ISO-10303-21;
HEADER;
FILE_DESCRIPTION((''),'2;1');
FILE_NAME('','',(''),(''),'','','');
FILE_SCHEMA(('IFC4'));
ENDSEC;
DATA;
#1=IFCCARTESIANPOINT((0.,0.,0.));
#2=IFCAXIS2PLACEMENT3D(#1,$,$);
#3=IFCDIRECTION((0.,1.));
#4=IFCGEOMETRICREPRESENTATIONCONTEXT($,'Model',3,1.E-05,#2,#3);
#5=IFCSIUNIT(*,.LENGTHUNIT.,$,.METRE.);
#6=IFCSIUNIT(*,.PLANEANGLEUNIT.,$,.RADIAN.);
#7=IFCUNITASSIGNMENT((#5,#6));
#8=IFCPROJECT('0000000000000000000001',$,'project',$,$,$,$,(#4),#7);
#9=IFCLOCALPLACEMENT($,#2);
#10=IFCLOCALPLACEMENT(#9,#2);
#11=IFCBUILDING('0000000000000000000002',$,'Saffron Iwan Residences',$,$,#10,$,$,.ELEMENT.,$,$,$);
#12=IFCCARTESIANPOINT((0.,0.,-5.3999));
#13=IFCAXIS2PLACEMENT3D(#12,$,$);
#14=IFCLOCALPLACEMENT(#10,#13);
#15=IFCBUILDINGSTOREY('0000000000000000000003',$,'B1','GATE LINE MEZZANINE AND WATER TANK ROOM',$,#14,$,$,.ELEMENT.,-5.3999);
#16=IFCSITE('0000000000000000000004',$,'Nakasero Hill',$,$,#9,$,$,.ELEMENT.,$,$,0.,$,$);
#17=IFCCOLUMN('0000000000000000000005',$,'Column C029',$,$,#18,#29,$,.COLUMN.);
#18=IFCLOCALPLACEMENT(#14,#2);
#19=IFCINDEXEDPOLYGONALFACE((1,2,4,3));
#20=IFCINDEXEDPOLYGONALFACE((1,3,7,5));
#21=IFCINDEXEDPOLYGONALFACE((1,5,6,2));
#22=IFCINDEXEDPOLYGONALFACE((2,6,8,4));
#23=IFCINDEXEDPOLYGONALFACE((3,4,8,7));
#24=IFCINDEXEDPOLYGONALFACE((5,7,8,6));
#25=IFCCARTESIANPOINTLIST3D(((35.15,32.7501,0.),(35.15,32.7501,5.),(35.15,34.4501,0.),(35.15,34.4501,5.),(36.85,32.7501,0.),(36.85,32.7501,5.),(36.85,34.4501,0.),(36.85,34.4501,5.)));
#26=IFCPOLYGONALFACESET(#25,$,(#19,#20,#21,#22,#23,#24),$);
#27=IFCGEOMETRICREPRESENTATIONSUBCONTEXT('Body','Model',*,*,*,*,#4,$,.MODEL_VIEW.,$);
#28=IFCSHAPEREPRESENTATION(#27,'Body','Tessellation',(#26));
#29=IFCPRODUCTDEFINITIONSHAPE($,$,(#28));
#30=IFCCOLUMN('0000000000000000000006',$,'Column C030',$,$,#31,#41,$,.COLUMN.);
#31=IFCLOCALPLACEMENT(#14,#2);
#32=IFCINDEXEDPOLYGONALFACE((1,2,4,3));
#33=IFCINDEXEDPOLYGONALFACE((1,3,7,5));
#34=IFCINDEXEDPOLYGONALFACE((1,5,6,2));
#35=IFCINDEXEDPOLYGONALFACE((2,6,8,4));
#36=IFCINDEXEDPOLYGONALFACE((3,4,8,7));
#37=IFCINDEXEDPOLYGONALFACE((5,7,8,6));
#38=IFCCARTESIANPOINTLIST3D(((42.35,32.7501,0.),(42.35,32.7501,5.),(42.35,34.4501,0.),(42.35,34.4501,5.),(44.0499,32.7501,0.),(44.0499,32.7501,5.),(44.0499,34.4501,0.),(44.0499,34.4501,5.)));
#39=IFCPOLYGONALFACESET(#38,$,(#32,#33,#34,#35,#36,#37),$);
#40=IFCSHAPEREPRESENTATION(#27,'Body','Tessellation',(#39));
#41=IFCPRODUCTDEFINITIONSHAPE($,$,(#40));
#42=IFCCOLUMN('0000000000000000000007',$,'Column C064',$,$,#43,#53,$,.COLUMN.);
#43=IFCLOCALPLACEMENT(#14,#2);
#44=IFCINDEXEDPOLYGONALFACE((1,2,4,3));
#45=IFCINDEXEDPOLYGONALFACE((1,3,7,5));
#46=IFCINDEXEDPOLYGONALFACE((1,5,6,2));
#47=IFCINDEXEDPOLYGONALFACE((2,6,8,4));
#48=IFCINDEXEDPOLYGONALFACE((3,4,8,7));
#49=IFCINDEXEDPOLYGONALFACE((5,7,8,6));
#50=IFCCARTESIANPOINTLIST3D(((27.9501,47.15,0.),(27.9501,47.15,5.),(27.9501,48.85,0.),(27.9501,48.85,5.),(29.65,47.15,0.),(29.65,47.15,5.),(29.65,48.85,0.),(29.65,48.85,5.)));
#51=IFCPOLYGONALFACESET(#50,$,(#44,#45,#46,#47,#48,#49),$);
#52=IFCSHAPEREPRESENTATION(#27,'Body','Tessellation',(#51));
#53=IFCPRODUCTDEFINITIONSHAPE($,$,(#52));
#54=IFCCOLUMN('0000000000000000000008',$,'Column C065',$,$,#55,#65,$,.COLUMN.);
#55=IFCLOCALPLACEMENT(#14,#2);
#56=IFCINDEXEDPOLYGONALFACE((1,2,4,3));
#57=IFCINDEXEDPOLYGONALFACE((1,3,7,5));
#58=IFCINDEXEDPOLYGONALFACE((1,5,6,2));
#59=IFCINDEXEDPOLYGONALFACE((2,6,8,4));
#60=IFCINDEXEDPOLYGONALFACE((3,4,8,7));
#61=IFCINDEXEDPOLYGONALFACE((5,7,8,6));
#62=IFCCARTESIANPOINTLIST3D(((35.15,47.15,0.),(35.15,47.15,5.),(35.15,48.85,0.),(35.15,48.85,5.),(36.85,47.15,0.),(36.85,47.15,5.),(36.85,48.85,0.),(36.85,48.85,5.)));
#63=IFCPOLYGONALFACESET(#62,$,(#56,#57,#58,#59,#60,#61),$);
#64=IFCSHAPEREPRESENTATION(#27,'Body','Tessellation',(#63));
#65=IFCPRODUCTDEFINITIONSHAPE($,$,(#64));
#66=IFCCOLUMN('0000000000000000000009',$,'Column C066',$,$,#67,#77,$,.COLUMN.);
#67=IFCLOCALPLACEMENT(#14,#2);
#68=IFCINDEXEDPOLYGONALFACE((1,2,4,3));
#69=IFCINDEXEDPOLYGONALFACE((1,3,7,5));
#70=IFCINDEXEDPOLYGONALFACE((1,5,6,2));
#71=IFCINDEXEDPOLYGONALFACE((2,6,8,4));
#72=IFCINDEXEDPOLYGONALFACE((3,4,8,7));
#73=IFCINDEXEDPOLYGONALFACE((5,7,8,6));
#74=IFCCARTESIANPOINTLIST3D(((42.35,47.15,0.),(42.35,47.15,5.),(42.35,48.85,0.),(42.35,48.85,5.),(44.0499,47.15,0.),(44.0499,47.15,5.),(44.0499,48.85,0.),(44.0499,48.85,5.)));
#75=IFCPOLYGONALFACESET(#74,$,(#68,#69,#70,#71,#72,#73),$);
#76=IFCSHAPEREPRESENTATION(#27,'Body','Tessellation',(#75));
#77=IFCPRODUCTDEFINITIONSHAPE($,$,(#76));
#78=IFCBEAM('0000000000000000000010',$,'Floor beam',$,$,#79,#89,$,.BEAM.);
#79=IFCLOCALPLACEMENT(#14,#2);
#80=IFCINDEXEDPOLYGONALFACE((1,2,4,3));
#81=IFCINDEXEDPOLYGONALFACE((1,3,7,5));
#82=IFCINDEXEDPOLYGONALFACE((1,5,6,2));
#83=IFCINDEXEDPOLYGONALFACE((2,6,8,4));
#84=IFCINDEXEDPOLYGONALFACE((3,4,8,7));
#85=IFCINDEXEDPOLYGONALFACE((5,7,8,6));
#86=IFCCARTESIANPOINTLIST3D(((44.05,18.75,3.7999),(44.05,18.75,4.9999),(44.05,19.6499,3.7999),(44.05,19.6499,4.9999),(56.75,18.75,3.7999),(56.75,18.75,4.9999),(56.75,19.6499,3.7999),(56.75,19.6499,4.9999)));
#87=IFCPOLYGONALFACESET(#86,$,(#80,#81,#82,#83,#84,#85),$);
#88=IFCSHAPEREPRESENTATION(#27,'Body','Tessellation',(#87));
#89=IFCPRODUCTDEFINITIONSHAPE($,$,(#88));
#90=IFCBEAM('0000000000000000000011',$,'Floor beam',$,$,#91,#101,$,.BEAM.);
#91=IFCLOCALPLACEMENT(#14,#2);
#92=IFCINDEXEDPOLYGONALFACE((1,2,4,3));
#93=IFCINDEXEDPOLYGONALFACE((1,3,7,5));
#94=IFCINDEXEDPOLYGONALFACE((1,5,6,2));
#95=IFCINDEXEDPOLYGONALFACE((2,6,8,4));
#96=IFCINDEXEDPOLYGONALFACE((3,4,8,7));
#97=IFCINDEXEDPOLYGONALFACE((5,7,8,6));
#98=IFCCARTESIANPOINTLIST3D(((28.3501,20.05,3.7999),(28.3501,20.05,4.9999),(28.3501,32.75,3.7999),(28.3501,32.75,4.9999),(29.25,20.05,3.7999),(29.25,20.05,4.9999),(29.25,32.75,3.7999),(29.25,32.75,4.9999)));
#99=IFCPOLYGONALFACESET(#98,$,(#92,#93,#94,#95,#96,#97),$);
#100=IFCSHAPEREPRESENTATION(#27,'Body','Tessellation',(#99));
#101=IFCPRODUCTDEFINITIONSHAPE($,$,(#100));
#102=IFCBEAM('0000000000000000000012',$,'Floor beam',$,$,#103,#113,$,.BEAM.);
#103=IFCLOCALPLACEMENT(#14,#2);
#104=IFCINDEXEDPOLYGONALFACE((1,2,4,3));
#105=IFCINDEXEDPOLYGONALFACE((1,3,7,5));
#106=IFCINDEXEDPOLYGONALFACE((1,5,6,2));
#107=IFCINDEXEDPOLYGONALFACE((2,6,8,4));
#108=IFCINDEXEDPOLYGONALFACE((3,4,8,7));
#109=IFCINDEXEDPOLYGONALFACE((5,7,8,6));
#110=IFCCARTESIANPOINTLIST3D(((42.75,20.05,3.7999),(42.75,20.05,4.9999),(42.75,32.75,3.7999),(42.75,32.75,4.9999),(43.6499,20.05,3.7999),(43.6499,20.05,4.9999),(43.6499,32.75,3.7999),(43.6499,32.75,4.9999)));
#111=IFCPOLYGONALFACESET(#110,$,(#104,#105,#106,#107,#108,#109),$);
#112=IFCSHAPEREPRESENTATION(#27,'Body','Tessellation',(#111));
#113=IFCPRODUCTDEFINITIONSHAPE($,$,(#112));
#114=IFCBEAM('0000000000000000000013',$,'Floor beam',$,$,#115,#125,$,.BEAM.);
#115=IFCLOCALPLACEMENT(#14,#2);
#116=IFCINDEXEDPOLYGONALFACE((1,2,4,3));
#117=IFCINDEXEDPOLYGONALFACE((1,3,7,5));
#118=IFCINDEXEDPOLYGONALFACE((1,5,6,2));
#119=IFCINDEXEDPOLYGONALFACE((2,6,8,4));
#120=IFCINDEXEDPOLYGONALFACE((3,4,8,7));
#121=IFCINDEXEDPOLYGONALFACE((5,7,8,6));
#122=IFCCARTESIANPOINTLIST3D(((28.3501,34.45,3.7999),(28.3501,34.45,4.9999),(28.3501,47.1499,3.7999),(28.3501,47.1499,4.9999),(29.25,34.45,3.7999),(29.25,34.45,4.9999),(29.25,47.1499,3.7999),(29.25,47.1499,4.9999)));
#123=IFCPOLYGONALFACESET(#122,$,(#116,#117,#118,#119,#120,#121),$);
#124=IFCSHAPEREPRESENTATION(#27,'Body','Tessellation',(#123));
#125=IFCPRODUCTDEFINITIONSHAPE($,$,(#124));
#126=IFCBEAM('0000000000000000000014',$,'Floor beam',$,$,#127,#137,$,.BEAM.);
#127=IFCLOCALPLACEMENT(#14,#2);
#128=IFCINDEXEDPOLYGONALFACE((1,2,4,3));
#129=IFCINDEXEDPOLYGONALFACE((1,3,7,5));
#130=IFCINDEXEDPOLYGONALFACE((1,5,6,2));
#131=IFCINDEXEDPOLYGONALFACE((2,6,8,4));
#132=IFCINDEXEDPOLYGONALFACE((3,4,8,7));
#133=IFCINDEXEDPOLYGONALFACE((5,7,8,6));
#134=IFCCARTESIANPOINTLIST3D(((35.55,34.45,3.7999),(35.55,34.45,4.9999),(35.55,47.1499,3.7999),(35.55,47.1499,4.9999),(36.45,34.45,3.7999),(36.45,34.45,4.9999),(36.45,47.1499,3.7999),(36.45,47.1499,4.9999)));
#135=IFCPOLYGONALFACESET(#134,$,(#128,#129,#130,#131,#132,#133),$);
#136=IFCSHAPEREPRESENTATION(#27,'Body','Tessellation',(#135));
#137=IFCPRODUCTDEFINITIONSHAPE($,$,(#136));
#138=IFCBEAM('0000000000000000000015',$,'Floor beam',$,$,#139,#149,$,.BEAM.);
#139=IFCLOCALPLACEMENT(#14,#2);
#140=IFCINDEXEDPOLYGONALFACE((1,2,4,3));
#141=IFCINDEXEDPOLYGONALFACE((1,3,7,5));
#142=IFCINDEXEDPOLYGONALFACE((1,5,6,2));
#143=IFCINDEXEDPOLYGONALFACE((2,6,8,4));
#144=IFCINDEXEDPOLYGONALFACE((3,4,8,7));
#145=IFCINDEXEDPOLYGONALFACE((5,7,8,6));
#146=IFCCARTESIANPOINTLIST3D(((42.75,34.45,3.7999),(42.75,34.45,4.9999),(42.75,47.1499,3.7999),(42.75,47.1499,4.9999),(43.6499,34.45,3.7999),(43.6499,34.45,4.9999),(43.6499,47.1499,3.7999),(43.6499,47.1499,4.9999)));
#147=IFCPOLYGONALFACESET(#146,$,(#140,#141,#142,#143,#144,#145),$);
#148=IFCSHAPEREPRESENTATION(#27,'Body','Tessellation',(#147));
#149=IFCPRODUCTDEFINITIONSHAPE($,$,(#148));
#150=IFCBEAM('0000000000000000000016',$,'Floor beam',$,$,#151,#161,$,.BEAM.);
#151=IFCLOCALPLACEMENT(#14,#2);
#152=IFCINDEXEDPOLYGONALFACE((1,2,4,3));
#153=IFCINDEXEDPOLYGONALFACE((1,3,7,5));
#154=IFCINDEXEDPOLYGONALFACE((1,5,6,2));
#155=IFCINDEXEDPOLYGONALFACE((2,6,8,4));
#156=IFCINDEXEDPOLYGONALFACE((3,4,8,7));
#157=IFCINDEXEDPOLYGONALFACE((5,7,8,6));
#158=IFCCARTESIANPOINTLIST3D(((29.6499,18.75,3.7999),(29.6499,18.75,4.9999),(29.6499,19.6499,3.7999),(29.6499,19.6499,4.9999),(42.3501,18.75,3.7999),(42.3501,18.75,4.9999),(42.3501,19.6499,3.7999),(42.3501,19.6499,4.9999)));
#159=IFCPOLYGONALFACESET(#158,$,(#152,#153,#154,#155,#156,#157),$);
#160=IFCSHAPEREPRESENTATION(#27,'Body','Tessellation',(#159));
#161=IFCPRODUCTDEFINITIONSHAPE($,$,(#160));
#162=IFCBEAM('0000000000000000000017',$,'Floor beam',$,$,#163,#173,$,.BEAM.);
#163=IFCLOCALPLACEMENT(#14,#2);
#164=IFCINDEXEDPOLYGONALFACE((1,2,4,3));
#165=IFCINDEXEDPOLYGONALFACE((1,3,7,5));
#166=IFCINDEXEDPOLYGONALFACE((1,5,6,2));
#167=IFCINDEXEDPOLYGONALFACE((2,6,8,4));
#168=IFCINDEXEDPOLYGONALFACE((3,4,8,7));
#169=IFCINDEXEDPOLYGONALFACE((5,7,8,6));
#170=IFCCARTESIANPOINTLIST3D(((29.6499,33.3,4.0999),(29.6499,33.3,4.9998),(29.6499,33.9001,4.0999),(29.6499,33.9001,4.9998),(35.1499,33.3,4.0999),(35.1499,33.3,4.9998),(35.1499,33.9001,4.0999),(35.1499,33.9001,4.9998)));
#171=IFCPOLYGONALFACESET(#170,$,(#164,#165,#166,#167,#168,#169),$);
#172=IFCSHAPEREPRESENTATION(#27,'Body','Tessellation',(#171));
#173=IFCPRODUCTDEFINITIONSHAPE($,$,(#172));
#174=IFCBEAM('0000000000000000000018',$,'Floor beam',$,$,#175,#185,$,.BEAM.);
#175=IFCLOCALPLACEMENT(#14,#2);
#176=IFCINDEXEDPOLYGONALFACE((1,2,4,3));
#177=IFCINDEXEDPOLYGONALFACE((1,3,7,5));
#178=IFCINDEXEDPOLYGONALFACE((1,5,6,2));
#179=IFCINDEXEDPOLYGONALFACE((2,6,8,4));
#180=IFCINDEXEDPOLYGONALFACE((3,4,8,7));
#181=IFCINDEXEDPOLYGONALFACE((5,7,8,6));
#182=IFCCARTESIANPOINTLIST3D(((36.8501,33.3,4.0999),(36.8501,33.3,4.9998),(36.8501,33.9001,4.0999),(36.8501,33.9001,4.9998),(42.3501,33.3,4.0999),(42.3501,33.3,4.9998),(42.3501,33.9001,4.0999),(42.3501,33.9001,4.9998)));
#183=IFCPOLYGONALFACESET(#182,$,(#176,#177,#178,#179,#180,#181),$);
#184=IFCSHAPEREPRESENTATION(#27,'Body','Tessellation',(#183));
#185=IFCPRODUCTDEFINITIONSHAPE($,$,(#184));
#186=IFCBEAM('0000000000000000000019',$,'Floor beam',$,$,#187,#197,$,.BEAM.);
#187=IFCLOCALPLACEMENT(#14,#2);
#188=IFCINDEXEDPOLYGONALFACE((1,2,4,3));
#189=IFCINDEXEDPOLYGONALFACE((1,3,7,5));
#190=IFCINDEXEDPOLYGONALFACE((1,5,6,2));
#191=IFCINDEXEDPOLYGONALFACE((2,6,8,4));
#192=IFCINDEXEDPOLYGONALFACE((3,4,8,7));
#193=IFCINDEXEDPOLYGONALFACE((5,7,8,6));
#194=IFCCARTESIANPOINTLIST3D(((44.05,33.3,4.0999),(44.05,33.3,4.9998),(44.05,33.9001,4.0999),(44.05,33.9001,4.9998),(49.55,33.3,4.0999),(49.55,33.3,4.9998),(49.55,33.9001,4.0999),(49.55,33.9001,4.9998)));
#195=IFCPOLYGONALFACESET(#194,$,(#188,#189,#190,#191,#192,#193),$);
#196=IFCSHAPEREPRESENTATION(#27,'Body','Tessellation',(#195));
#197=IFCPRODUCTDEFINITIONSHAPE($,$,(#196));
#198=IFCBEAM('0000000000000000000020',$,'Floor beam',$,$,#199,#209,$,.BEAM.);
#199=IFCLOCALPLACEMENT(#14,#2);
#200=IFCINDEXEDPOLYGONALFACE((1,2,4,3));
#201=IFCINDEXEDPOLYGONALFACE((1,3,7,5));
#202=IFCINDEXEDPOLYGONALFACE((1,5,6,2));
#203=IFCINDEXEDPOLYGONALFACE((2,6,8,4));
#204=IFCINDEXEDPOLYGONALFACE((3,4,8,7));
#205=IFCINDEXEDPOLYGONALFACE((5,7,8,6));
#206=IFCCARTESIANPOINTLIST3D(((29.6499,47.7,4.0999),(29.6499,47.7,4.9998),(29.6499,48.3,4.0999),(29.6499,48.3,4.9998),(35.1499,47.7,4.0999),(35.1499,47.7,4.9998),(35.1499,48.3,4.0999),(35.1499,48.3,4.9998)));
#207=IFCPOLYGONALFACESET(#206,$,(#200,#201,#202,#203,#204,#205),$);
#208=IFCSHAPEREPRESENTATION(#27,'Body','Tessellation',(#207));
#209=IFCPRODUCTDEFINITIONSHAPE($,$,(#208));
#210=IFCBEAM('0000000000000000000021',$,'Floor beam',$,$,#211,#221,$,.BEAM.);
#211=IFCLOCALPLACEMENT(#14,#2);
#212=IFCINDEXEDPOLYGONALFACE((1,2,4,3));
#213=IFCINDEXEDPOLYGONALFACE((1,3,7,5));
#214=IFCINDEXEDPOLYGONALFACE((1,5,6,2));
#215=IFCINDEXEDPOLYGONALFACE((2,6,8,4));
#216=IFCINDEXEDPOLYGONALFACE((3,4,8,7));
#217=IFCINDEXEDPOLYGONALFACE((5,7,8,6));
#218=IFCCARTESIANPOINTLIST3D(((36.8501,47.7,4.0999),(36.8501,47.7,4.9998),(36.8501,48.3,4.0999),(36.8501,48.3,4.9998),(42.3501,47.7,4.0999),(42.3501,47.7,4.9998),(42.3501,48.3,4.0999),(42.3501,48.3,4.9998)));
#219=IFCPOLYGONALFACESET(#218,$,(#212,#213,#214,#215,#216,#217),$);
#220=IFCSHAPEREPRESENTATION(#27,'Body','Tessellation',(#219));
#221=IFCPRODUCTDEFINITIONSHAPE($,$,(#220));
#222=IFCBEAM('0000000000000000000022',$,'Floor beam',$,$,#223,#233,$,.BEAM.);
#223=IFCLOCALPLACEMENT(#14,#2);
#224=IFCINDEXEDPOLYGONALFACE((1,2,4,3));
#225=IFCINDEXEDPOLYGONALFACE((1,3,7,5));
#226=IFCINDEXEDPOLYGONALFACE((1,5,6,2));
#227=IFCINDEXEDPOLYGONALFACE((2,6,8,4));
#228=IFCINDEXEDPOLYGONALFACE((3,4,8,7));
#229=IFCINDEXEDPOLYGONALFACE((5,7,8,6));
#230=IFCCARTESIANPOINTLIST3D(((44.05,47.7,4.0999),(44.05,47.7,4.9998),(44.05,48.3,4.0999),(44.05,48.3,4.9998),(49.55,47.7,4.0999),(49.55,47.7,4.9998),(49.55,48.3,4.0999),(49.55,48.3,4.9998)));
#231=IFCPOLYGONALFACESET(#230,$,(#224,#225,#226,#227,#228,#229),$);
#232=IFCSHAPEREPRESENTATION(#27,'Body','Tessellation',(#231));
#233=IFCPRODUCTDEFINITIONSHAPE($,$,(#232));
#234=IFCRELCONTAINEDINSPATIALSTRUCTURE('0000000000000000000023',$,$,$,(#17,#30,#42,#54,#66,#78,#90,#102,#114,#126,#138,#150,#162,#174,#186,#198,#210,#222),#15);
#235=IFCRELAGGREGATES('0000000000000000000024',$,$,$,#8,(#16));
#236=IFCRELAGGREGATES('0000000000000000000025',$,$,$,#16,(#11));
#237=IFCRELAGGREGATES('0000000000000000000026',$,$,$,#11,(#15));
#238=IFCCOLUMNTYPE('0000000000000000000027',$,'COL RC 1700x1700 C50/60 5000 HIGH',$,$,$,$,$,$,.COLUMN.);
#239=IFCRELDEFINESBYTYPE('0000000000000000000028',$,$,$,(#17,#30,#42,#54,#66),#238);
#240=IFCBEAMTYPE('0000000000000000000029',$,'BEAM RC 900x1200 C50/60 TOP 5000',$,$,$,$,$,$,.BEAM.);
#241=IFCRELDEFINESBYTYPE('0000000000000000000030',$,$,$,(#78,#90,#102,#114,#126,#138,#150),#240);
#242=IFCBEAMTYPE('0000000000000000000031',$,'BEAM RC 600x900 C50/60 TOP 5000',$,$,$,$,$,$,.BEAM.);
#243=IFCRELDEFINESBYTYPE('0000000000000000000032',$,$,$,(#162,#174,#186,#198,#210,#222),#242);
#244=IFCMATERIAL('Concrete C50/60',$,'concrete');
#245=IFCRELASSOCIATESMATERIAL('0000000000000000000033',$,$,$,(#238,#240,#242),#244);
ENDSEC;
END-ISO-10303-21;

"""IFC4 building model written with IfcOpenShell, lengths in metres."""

from ifc_helpers import new_model, si_unit, direction, frame, origin, origin_2d, place, context, subcontext, project, spatial, rectangle, extrude, source, transform, mapped, material, material_profile, profile_set, type_object, element, save


model = new_model("IFC4")

# Units and contexts
model_context = context("Model", 3, precision=1e-05, world=origin(), true_north=direction((0.0, 1.0)))
body_context = subcontext(model_context, "Body", "Model", "MODEL_VIEW")
ifc_project = project(units=[si_unit("LENGTHUNIT", "METRE"), si_unit("PLANEANGLEUNIT", "RADIAN")], contexts=[model_context])

# Site, building, storey
site_placement = place(None, origin())
site = spatial("IfcSite", under=ifc_project, at=site_placement, Name="Nakasero Hill", CompositionType="ELEMENT", RefElevation=0.0)
building_placement = place(site_placement, origin())
building = spatial("IfcBuilding", under=site, at=building_placement, Name="Saffron Iwan Residences", CompositionType="ELEMENT")
storey_placement = place(building_placement, frame((0.0, 0.0, -5.3999)))
storey = spatial("IfcBuildingStorey", under=building, at=storey_placement, Name="B1", Description="GATE LINE MEZZANINE AND WATER TANK ROOM", CompositionType="ELEMENT", Elevation=-5.3999)

# Columns
ifc_material_1 = material(Name="Concrete C50/60", Category="concrete")
ifc_material_profile_1 = material_profile(ifc_material_1, rectangle(XDim=1.7, YDim=1.7, at=origin_2d()), Name="RC 1700x1700")
ifc_profile_set_1 = profile_set([ifc_material_profile_1], Name="Concrete C50/60")
column_type = type_object("IfcColumnType", Name="COL RC 1700x1700 C50/60 5000 HIGH", PredefinedType="COLUMN", material=ifc_profile_set_1)
shared_shape_1 = source(origin(), body_context, "Body", "SweptSolid", [
    extrude(rectangle(XDim=1.7, YDim=1.7, at=origin_2d()), origin(), (0.0, 0.0, 1.0), 5.0),
])
for number, where, z_axis, x_axis, name in (
    (1, (36.0, 33.6001, 0.0), (0.0, 0.0, 1.0), (1.0, 0.0, 0.0), "Column C029"),
    (2, (43.2, 33.6001, 0.0), (0.0, 0.0, 1.0), (1.0, 0.0, 0.0), "Column C030"),
    (3, (28.8, 48.0, 0.0), (0.0, 0.0, 1.0), (1.0, 0.0, 0.0), "Column C064"),
    (4, (36.0, 48.0, 0.0), (0.0, 0.0, 1.0), (1.0, 0.0, 0.0), "Column C065"),
    (5, (43.2, 48.0, 0.0), (0.0, 0.0, 1.0), (1.0, 0.0, 0.0), "Column C066"),
):
    element("IfcColumn", number, at=place(storey_placement, frame(where, z_axis=z_axis, x_axis=x_axis)), inside=storey, type_object=column_type, Name=name, PredefinedType="COLUMN", context=body_context, shape_type="MappedRepresentation", body=[
        mapped(shared_shape_1, transform((0.0, 0.0, 0.0))),
    ])

# Beams
ifc_material_profile_2 = material_profile(ifc_material_1, rectangle(XDim=0.8999, YDim=1.2, at=origin_2d()), Name="RC 900x1200")
ifc_profile_set_2 = profile_set([ifc_material_profile_2], Name="Concrete C50/60")
beam_type_1 = type_object("IfcBeamType", Name="BEAM RC 900x1200 C50/60 TOP 5000", PredefinedType="BEAM", material=ifc_profile_set_2)
shared_shape_2 = source(origin(), body_context, "Body", "SweptSolid", [
    extrude(rectangle(XDim=0.8999, YDim=1.2, at=origin_2d()), origin(), (0.0, 0.0, 1.0), 12.7),
])
for number, where, z_axis, x_axis, name in (
    (6, (44.05, 19.2, 4.3999), (1.0, 0.0, 0.0), (0.0, 1.0, 0.0), "Floor beam"),
    (7, (28.8, 20.05, 4.3999), (0.0, 1.0, 0.0), (-1.0, 0.0, 0.0), "Floor beam"),
    (8, (43.2, 20.05, 4.3999), (0.0, 1.0, 0.0), (-1.0, 0.0, 0.0), "Floor beam"),
    (9, (28.8, 34.45, 4.3999), (0.0, 1.0, 0.0), (-1.0, 0.0, 0.0), "Floor beam"),
    (10, (36.0, 34.45, 4.3999), (0.0, 1.0, 0.0), (-1.0, 0.0, 0.0), "Floor beam"),
    (11, (43.2, 34.45, 4.3999), (0.0, 1.0, 0.0), (-1.0, 0.0, 0.0), "Floor beam"),
):
    element("IfcBeam", number, at=place(storey_placement, frame(where, z_axis=z_axis, x_axis=x_axis)), inside=storey, type_object=beam_type_1, Name=name, PredefinedType="BEAM", context=body_context, shape_type="MappedRepresentation", body=[
        mapped(shared_shape_2, transform((0.0, 0.0, 0.0))),
    ])
shared_shape_3 = source(origin(), body_context, "Body", "SweptSolid", [
    extrude(rectangle(XDim=0.8999, YDim=1.2, at=origin_2d()), origin(), (0.0, 0.0, 1.0), 12.7002),
])
beam_placement = place(storey_placement, frame((29.6499, 19.2, 4.3999), z_axis=(1.0, 0.0, 0.0), x_axis=(0.0, 1.0, 0.0)))
element("IfcBeam", 12, at=beam_placement, inside=storey, type_object=beam_type_1, Name="Floor beam", PredefinedType="BEAM", context=body_context, shape_type="MappedRepresentation", body=[
    mapped(shared_shape_3, transform((0.0, 0.0, 0.0))),
])
ifc_material_profile_3 = material_profile(ifc_material_1, rectangle(XDim=0.6001, YDim=0.8999, at=origin_2d()), Name="RC 600x900")
ifc_profile_set_3 = profile_set([ifc_material_profile_3], Name="Concrete C50/60")
beam_type_2 = type_object("IfcBeamType", Name="BEAM RC 600x900 C50/60 TOP 5000", PredefinedType="BEAM", material=ifc_profile_set_3)
shared_shape_4 = source(origin(), body_context, "Body", "SweptSolid", [
    extrude(rectangle(XDim=0.6001, YDim=0.8999, at=origin_2d()), origin(), (0.0, 0.0, 1.0), 5.5),
])
for number, where, z_axis, x_axis, name in (
    (13, (29.6499, 33.6001, 4.5498), (1.0, 0.0, 0.0), (0.0, 1.0, 0.0), "Floor beam"),
    (14, (36.8501, 33.6001, 4.5498), (1.0, 0.0, 0.0), (0.0, 1.0, 0.0), "Floor beam"),
    (15, (44.05, 33.6001, 4.5498), (1.0, 0.0, 0.0), (0.0, 1.0, 0.0), "Floor beam"),
    (16, (29.6499, 48.0, 4.5498), (1.0, 0.0, 0.0), (0.0, 1.0, 0.0), "Floor beam"),
    (17, (36.8501, 48.0, 4.5498), (1.0, 0.0, 0.0), (0.0, 1.0, 0.0), "Floor beam"),
    (18, (44.05, 48.0, 4.5498), (1.0, 0.0, 0.0), (0.0, 1.0, 0.0), "Floor beam"),
):
    element("IfcBeam", number, at=place(storey_placement, frame(where, z_axis=z_axis, x_axis=x_axis)), inside=storey, type_object=beam_type_2, Name=name, PredefinedType="BEAM", context=body_context, shape_type="MappedRepresentation", body=[
        mapped(shared_shape_4, transform((0.0, 0.0, 0.0))),
    ])

save(model, "model.ifc")
